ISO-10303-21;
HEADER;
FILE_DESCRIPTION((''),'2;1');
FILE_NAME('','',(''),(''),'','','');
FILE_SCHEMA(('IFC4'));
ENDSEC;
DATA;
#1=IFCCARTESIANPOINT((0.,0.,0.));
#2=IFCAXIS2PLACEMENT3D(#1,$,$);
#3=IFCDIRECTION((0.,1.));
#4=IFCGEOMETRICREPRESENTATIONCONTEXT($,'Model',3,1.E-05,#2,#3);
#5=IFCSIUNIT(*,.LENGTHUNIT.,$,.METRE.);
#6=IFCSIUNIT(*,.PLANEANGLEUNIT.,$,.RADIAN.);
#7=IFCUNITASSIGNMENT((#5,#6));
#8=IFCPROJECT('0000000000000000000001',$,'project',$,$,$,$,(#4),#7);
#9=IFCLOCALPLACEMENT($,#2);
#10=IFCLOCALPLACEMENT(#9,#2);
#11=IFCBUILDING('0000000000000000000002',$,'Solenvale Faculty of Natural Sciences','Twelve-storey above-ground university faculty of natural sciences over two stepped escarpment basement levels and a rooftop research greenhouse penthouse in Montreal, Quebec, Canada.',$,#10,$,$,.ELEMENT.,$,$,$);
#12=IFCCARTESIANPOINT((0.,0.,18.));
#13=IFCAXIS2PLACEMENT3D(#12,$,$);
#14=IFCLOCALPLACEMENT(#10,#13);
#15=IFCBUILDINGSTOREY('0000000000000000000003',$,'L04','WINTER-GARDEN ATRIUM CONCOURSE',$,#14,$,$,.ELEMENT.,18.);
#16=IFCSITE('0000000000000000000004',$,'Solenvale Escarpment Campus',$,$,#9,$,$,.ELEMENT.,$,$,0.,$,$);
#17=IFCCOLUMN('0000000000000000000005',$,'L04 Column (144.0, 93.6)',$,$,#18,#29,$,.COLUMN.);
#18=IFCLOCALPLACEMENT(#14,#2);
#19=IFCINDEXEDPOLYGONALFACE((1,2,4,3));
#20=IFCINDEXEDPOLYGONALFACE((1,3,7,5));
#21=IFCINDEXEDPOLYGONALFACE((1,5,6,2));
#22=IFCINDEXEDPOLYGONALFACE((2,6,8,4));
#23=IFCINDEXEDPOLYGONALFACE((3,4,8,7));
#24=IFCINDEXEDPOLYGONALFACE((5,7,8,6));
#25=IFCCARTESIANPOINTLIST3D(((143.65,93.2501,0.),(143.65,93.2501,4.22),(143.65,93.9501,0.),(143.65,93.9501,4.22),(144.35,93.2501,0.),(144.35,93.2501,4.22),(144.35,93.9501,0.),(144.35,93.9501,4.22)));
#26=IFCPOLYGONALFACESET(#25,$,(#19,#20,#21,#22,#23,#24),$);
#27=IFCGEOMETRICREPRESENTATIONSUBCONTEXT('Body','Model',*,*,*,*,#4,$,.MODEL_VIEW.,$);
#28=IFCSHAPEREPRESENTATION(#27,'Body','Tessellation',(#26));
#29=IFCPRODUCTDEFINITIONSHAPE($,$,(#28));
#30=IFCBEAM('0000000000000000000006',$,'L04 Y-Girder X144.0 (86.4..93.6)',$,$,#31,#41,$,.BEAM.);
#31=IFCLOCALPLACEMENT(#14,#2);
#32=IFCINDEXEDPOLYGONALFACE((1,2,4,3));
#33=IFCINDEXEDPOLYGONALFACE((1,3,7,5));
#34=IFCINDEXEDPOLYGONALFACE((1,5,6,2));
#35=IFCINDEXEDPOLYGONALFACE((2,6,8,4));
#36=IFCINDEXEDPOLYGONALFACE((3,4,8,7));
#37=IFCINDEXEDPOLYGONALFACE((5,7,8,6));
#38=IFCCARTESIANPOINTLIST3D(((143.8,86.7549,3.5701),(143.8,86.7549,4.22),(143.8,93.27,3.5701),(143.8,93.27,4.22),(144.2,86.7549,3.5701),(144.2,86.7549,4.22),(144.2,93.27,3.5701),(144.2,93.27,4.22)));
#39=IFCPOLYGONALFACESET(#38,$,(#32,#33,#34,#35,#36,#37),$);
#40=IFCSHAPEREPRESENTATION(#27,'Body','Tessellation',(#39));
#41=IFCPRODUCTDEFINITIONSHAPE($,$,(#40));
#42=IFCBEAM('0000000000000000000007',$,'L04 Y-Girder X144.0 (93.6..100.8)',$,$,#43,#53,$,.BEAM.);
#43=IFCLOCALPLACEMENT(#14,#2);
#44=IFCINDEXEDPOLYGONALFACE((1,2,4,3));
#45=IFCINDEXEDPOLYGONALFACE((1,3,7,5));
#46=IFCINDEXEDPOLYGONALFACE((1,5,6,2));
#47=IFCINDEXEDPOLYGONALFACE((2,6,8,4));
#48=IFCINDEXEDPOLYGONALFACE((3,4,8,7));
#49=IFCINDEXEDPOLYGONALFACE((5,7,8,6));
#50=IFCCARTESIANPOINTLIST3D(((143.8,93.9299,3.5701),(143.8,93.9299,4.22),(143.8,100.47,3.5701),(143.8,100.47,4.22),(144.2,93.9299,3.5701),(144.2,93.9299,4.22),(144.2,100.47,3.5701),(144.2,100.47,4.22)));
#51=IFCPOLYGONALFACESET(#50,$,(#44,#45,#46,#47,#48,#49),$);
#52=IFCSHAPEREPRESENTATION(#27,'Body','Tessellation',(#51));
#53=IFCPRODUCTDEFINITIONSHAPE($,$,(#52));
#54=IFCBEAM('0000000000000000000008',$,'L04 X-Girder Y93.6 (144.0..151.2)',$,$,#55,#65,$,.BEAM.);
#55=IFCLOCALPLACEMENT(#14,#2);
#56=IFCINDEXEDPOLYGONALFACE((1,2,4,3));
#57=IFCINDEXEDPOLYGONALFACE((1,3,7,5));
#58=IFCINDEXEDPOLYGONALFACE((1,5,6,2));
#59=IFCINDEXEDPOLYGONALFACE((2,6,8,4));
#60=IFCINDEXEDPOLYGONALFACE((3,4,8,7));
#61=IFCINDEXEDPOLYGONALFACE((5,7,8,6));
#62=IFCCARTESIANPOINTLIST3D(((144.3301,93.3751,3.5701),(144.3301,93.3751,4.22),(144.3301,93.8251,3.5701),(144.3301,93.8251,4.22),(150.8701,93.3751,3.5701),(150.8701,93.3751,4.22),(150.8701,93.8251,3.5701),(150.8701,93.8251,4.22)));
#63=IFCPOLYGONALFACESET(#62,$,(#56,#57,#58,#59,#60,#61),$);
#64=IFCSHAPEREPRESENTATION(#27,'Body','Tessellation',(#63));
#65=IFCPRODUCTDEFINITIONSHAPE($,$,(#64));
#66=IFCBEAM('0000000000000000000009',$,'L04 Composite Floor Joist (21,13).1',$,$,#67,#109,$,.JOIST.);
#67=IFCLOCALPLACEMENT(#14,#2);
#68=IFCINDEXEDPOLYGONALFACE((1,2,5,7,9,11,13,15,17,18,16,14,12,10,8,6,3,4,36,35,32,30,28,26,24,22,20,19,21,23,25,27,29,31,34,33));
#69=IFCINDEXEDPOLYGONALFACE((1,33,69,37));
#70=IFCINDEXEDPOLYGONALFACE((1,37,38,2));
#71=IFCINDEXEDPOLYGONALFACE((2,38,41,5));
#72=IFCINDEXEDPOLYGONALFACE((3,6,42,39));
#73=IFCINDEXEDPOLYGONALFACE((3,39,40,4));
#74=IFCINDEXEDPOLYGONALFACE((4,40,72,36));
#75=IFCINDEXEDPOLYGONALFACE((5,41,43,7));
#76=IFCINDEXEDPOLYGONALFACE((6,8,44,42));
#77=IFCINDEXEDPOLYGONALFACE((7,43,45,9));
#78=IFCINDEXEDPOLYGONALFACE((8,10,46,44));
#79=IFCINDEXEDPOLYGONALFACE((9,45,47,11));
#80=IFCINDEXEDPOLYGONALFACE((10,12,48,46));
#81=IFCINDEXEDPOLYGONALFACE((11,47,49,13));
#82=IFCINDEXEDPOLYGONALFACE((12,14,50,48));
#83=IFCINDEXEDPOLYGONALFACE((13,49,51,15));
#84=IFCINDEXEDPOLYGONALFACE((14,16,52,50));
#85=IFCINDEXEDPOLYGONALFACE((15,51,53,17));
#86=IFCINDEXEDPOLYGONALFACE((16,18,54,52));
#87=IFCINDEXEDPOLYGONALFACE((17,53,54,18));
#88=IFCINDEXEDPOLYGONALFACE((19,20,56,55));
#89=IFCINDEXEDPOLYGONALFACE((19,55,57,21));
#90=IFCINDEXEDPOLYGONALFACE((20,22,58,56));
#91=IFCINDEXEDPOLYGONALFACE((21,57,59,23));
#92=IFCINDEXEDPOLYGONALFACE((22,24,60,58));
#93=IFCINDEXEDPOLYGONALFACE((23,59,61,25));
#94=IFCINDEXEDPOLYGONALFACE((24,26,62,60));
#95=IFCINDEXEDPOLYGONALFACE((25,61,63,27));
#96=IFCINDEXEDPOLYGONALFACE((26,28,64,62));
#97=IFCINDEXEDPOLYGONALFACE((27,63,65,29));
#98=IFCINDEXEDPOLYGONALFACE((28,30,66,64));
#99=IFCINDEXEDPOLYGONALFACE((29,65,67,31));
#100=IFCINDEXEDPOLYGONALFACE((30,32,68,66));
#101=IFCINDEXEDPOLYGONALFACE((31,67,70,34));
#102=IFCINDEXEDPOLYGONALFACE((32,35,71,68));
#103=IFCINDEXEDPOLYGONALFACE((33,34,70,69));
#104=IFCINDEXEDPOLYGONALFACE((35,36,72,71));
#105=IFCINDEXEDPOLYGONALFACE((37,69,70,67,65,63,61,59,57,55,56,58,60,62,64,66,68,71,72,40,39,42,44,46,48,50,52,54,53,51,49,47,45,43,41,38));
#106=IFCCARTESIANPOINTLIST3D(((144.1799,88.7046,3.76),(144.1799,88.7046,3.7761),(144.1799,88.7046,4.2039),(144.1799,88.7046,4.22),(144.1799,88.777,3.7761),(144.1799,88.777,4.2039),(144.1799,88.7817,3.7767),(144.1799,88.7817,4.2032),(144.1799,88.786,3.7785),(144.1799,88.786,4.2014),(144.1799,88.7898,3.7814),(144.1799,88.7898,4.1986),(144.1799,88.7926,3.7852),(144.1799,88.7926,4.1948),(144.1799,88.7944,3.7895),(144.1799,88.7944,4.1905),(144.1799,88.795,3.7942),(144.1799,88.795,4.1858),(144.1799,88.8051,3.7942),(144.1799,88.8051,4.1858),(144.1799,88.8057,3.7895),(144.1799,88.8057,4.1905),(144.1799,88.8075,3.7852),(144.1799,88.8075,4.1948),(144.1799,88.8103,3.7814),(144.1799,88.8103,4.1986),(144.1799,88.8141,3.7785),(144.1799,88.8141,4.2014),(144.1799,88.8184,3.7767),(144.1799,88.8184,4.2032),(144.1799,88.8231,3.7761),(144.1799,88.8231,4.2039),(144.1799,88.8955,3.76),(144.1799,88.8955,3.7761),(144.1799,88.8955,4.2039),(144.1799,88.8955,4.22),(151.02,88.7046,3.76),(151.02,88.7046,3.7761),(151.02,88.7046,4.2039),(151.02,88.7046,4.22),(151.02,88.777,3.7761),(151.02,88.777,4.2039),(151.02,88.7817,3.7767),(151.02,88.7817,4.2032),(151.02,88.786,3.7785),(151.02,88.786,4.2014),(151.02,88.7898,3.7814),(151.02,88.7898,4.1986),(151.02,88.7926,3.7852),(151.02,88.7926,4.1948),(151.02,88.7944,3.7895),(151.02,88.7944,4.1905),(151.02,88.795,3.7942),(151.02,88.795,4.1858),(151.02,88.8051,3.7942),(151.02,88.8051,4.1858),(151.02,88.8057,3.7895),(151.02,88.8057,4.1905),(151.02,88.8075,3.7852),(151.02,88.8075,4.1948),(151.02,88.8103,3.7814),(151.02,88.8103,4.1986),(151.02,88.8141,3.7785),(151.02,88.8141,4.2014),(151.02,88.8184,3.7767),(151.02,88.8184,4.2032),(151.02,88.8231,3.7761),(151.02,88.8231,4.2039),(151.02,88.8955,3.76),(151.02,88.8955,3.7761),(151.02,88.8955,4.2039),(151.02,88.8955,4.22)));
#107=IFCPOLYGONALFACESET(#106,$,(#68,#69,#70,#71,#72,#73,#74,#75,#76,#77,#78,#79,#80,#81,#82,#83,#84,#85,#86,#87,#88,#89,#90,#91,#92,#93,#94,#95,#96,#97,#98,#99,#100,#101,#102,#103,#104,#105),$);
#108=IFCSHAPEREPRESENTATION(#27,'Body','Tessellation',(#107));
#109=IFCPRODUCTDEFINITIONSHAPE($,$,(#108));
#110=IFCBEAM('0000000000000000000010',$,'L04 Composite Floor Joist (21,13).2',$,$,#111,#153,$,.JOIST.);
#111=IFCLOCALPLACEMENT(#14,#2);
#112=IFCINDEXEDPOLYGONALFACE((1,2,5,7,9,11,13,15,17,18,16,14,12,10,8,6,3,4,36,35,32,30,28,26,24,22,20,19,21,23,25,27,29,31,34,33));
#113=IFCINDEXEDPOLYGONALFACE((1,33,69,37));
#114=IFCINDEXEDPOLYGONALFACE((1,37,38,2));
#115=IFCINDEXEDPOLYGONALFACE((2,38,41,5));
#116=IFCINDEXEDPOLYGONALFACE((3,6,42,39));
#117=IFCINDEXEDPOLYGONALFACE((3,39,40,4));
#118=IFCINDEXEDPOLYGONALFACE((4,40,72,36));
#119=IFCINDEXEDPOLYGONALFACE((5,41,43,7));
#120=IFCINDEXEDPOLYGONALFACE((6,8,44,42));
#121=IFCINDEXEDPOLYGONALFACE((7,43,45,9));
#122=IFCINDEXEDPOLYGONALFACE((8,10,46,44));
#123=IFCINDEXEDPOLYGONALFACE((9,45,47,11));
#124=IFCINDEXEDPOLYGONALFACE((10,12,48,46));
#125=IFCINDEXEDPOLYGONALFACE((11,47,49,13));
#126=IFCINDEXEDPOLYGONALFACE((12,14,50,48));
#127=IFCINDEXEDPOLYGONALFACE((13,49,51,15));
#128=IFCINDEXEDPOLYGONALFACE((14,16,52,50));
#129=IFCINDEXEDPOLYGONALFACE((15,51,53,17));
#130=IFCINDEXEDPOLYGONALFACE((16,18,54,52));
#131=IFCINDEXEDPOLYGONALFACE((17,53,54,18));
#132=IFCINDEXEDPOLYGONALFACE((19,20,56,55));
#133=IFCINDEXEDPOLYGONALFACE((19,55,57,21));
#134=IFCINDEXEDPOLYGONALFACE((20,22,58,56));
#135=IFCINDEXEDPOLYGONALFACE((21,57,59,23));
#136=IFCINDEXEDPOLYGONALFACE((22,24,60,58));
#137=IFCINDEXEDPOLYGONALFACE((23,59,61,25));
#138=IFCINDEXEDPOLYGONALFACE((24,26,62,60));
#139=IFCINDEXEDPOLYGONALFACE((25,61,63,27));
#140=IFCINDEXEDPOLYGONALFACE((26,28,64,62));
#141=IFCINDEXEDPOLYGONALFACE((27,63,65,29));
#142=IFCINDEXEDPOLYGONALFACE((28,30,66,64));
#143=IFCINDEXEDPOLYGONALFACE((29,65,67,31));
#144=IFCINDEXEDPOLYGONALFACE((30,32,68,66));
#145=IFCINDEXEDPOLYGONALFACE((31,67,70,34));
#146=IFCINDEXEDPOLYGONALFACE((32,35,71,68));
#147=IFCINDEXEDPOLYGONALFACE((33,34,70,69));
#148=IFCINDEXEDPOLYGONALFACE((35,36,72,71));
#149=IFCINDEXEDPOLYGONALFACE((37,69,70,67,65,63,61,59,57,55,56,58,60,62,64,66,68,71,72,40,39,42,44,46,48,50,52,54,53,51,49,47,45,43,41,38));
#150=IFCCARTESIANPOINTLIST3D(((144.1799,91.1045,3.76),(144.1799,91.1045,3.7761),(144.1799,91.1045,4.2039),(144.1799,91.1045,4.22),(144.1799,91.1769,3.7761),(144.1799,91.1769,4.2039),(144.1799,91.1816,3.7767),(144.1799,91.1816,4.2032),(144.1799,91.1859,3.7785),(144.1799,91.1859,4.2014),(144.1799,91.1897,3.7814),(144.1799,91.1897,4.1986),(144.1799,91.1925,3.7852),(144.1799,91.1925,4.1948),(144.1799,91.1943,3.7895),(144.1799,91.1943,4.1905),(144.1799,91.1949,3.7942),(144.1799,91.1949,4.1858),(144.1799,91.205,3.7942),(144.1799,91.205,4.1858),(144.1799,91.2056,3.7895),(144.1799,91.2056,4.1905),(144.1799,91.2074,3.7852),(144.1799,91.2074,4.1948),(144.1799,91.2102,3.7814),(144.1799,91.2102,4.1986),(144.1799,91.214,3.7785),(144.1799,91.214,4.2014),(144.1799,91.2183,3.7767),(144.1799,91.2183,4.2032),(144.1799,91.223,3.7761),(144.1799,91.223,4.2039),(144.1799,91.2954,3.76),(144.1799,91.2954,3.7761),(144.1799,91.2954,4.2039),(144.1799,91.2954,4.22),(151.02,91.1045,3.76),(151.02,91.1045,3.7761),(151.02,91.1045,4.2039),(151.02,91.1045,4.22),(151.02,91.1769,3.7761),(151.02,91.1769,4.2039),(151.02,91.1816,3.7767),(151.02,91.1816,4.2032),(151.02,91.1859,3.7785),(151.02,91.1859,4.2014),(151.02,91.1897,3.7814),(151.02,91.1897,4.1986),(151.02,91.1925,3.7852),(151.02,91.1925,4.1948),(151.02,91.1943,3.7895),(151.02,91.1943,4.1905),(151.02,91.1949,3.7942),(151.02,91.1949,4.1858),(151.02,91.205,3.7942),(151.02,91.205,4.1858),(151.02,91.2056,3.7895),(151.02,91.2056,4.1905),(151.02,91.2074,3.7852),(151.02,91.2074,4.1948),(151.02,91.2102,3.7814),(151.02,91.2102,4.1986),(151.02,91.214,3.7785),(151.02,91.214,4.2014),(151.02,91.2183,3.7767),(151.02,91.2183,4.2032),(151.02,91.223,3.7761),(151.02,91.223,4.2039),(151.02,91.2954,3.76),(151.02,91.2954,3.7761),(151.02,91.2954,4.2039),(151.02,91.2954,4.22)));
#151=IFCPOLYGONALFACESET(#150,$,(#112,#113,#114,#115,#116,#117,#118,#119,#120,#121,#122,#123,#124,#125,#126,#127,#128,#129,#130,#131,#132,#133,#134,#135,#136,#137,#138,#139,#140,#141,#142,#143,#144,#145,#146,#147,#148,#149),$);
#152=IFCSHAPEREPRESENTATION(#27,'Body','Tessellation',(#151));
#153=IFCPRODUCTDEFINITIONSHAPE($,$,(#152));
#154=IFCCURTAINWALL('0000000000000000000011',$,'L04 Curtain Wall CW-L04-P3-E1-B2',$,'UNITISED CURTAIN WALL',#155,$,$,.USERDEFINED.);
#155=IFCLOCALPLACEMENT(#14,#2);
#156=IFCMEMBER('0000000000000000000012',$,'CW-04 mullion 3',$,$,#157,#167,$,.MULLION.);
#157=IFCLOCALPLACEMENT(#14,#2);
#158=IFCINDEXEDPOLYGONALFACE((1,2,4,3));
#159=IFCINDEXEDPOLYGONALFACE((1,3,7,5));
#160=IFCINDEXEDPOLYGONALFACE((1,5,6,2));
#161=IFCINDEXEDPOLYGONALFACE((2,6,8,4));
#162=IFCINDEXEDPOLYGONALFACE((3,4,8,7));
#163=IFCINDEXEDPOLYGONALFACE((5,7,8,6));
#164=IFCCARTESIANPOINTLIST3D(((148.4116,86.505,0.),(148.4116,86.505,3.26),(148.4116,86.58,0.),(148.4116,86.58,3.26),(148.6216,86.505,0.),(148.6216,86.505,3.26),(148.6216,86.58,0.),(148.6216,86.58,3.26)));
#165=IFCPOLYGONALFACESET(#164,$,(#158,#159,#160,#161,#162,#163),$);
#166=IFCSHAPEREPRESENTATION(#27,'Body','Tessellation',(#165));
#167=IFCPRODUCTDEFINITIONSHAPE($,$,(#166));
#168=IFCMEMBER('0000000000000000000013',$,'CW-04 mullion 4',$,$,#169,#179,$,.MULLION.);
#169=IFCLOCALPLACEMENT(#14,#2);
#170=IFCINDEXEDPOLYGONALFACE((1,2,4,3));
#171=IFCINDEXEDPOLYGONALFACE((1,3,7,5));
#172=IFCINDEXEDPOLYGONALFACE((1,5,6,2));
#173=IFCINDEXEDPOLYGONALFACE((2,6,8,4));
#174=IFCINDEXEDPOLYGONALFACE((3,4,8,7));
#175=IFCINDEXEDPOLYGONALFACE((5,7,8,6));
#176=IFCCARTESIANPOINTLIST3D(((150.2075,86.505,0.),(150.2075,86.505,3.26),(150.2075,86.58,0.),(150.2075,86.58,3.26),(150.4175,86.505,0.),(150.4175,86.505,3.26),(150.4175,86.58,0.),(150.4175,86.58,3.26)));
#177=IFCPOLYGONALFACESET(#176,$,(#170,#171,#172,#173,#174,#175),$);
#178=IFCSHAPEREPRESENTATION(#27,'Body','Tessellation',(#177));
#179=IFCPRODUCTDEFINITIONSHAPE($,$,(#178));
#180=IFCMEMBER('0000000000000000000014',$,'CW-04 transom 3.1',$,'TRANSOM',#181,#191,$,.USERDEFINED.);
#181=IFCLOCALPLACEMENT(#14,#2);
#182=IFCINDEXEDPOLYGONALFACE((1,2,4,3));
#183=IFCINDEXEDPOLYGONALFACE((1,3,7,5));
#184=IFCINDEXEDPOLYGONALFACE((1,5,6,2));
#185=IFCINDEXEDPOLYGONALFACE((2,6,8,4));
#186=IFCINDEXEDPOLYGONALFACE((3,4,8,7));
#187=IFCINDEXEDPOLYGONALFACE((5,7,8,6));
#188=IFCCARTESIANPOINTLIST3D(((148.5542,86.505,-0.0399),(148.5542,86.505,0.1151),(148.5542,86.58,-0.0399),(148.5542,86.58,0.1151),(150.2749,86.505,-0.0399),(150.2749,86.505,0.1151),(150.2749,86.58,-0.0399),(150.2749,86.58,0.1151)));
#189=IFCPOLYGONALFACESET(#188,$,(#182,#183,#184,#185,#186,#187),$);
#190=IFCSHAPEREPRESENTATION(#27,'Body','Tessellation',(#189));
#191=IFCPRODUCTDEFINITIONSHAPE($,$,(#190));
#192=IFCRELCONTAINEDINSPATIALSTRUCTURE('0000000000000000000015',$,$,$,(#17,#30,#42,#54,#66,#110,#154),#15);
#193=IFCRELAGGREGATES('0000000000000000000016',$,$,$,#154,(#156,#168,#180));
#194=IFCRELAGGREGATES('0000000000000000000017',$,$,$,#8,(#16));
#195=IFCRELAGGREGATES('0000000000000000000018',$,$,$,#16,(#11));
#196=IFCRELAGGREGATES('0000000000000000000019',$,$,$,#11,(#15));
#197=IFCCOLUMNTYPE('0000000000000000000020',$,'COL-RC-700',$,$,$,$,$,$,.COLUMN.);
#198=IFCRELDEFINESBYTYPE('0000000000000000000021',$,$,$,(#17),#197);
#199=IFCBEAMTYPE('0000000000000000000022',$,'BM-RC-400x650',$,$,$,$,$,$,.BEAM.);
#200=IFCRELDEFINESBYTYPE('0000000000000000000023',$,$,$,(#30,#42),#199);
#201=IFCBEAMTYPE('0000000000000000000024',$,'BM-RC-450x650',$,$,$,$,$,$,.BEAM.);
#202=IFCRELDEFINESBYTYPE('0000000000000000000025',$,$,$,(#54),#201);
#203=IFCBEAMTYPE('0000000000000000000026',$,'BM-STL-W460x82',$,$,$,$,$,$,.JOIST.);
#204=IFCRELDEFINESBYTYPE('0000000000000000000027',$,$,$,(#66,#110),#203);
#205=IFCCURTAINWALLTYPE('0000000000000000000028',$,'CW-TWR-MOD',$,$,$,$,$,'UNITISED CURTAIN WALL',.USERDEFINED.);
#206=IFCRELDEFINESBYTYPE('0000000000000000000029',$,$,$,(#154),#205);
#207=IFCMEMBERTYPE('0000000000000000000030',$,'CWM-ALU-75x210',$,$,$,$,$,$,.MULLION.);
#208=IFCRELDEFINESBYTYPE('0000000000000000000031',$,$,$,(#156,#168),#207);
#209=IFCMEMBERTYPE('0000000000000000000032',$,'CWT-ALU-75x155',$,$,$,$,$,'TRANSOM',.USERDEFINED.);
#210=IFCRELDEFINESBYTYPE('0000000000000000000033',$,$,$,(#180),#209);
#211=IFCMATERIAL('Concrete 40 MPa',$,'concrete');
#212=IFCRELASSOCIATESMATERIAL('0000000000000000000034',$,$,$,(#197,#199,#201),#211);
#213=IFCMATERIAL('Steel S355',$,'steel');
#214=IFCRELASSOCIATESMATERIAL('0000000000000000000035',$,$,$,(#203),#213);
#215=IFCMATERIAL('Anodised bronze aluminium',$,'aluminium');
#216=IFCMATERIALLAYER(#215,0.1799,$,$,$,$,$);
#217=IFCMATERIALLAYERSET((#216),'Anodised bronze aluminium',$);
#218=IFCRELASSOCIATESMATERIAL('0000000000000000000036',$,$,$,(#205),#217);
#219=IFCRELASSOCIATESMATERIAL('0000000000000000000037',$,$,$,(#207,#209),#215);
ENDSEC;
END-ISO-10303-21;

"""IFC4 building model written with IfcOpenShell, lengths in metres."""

from ifc_helpers import new_model, si_unit, direction, frame, origin, origin_2d, place, context, subcontext, project, spatial, rectangle, i_section, extrude, material, layer, layer_set, material_profile, profile_set, type_object, element, aggregate, save


model = new_model("IFC4")

# Units and contexts
model_context = context("Model", 3, precision=1e-05, world=origin(), true_north=direction((0.0, 1.0)))
body_context = subcontext(model_context, "Body", "Model", "MODEL_VIEW")
ifc_project = project(units=[si_unit("LENGTHUNIT", "METRE"), si_unit("PLANEANGLEUNIT", "RADIAN")], contexts=[model_context])

# Site, building, storey
site_placement = place(None, origin())
site = spatial("IfcSite", under=ifc_project, at=site_placement, Name="Solenvale Escarpment Campus", CompositionType="ELEMENT", RefElevation=0.0)
building_placement = place(site_placement, origin())
building = spatial("IfcBuilding", under=site, at=building_placement, Name="Solenvale Faculty of Natural Sciences", Description="Twelve-storey above-ground university faculty of natural sciences over two stepped escarpment basement levels and a rooftop research greenhouse penthouse in Montreal, Quebec, Canada.", CompositionType="ELEMENT")
storey_placement = place(building_placement, frame((0.0, 0.0, 18.0)))
storey = spatial("IfcBuildingStorey", under=building, at=storey_placement, Name="L04", Description="WINTER-GARDEN ATRIUM CONCOURSE", CompositionType="ELEMENT", Elevation=18.0)

# Column
ifc_material_1 = material(Name="Concrete 40 MPa", Category="concrete")
ifc_material_profile_1 = material_profile(ifc_material_1, rectangle(XDim=0.7, YDim=0.7, at=origin_2d()), Name="RC-COL-700x700")
ifc_profile_set_1 = profile_set([ifc_material_profile_1], Name="Concrete 40 MPa")
column_type = type_object("IfcColumnType", Name="COL-RC-700", PredefinedType="COLUMN", material=ifc_profile_set_1)
column_placement = place(storey_placement, frame((144.0, 93.6001, 0.0), z_axis=(0.0, 0.0, 1.0), x_axis=(1.0, 0.0, 0.0)))
element("IfcColumn", 1, at=column_placement, inside=storey, type_object=column_type, Name="L04 Column (144.0, 93.6)", PredefinedType="COLUMN", context=body_context, shape_type="SweptSolid", body=[
    extrude(rectangle(XDim=0.7, YDim=0.7, at=origin_2d()), origin(), (0.0, 0.0, 1.0), 4.22),
])

# Beams
ifc_material_profile_2 = material_profile(ifc_material_1, rectangle(XDim=0.3999, YDim=0.6499, at=origin_2d()), Name="RC-BM-400x650")
ifc_profile_set_2 = profile_set([ifc_material_profile_2], Name="Concrete 40 MPa")
beam_type_1 = type_object("IfcBeamType", Name="BM-RC-400x650", PredefinedType="BEAM", material=ifc_profile_set_2)
beam_1_placement = place(storey_placement, frame((144.0, 86.7549, 3.895), z_axis=(0.0, 1.0, 0.0), x_axis=(-1.0, 0.0, 0.0)))
element("IfcBeam", 2, at=beam_1_placement, inside=storey, type_object=beam_type_1, Name="L04 Y-Girder X144.0 (86.4..93.6)", PredefinedType="BEAM", context=body_context, shape_type="SweptSolid", body=[
    extrude(rectangle(XDim=0.3999, YDim=0.6499, at=origin_2d()), origin(), (0.0, 0.0, 1.0), 6.5151),
])
beam_2_placement = place(storey_placement, frame((144.0, 93.9299, 3.895), z_axis=(0.0, 1.0, 0.0), x_axis=(-1.0, 0.0, 0.0)))
element("IfcBeam", 3, at=beam_2_placement, inside=storey, type_object=beam_type_1, Name="L04 Y-Girder X144.0 (93.6..100.8)", PredefinedType="BEAM", context=body_context, shape_type="SweptSolid", body=[
    extrude(rectangle(XDim=0.3999, YDim=0.6499, at=origin_2d()), origin(), (0.0, 0.0, 1.0), 6.54),
])
ifc_material_profile_3 = material_profile(ifc_material_1, rectangle(XDim=0.45, YDim=0.6499, at=origin_2d()), Name="RC-BM-450x650")
ifc_profile_set_3 = profile_set([ifc_material_profile_3], Name="Concrete 40 MPa")
beam_type_2 = type_object("IfcBeamType", Name="BM-RC-450x650", PredefinedType="BEAM", material=ifc_profile_set_3)
beam_3_placement = place(storey_placement, frame((144.3301, 93.6001, 3.895), z_axis=(1.0, 0.0, 0.0), x_axis=(0.0, 1.0, 0.0)))
element("IfcBeam", 4, at=beam_3_placement, inside=storey, type_object=beam_type_2, Name="L04 X-Girder Y93.6 (144.0..151.2)", PredefinedType="BEAM", context=body_context, shape_type="SweptSolid", body=[
    extrude(rectangle(XDim=0.45, YDim=0.6499, at=origin_2d()), origin(), (0.0, 0.0, 1.0), 6.54),
])
ifc_material_2 = material(Name="Steel S355", Category="steel")
ifc_material_profile_4 = material_profile(ifc_material_2, i_section(OverallWidth=0.1909, OverallDepth=0.46, WebThickness=0.01, FlangeThickness=0.0161, FilletRadius=0.0181, at=origin_2d()), Name="W460x82")
ifc_profile_set_4 = profile_set([ifc_material_profile_4], Name="Steel S355")
beam_type_3 = type_object("IfcBeamType", Name="BM-STL-W460x82", PredefinedType="JOIST", material=ifc_profile_set_4)
for number, where, z_axis, x_axis, name in (
    (5, (144.1799, 88.8, 3.99), (1.0, 0.0, 0.0), (0.0, 1.0, 0.0), "L04 Composite Floor Joist (21,13).1"),
    (6, (144.1799, 91.2, 3.99), (1.0, 0.0, 0.0), (0.0, 1.0, 0.0), "L04 Composite Floor Joist (21,13).2"),
):
    element("IfcBeam", number, at=place(storey_placement, frame(where, z_axis=z_axis, x_axis=x_axis)), inside=storey, type_object=beam_type_3, Name=name, PredefinedType="JOIST", context=body_context, shape_type="SweptSolid", body=[
        extrude(i_section(OverallWidth=0.1909, OverallDepth=0.46, WebThickness=0.01, FlangeThickness=0.0161, FilletRadius=0.0181, at=origin_2d()), origin(), (0.0, 0.0, 1.0), 6.8401),
    ])

# Curtain wall, members
ifc_material_3 = material(Name="Anodised bronze aluminium", Category="aluminium")
ifc_layer_1 = layer(ifc_material_3, 0.1799)
ifc_layer_set_1 = layer_set([ifc_layer_1], Name="Anodised bronze aluminium")
curtain_wall_type = type_object("IfcCurtainWallType", Name="CW-TWR-MOD", ElementType="UNITISED CURTAIN WALL", PredefinedType="USERDEFINED", material=ifc_layer_set_1)
curtain_wall_placement = place(storey_placement, origin())
curtain_wall = element("IfcCurtainWall", 7, at=curtain_wall_placement, inside=storey, type_object=curtain_wall_type, Name="L04 Curtain Wall CW-L04-P3-E1-B2", ObjectType="UNITISED CURTAIN WALL", PredefinedType="USERDEFINED")
ifc_material_profile_5 = material_profile(ifc_material_3, rectangle(XDim=0.075, YDim=0.21, at=origin_2d()), Name="ALU-MUL-75x210")
ifc_profile_set_5 = profile_set([ifc_material_profile_5], Name="Anodised bronze aluminium")
member_type_1 = type_object("IfcMemberType", Name="CWM-ALU-75x210", PredefinedType="MULLION", material=ifc_profile_set_5)
member_1_placement = place(storey_placement, frame((148.5166, 86.5425, 0.0), z_axis=(0.0, 0.0, 1.0), x_axis=(0.0, 1.0, 0.0)))
member_1 = element("IfcMember", 8, at=member_1_placement, type_object=member_type_1, Name="CW-04 mullion 3", PredefinedType="MULLION", context=body_context, shape_type="SweptSolid", body=[
    extrude(rectangle(XDim=0.075, YDim=0.21, at=origin_2d()), origin(), (0.0, 0.0, 1.0), 3.26),
])
member_2_placement = place(storey_placement, frame((150.3125, 86.5425, 0.0), z_axis=(0.0, 0.0, 1.0), x_axis=(0.0, 1.0, 0.0)))
member_2 = element("IfcMember", 9, at=member_2_placement, type_object=member_type_1, Name="CW-04 mullion 4", PredefinedType="MULLION", context=body_context, shape_type="SweptSolid", body=[
    extrude(rectangle(XDim=0.075, YDim=0.21, at=origin_2d()), origin(), (0.0, 0.0, 1.0), 3.26),
])
ifc_material_profile_6 = material_profile(ifc_material_3, rectangle(XDim=0.075, YDim=0.155, at=origin_2d()), Name="ALU-TRN-75x155")
ifc_profile_set_6 = profile_set([ifc_material_profile_6], Name="Anodised bronze aluminium")
member_type_2 = type_object("IfcMemberType", Name="CWT-ALU-75x155", ElementType="TRANSOM", PredefinedType="USERDEFINED", material=ifc_profile_set_6)
member_3_placement = place(storey_placement, frame((148.5542, 86.5425, 0.0376), z_axis=(1.0, 0.0, 0.0), x_axis=(0.0, 1.0, 0.0)))
member_3 = element("IfcMember", 10, at=member_3_placement, type_object=member_type_2, Name="CW-04 transom 3.1", ObjectType="TRANSOM", PredefinedType="USERDEFINED", context=body_context, shape_type="SweptSolid", body=[
    extrude(rectangle(XDim=0.075, YDim=0.155, at=origin_2d()), origin(), (0.0, 0.0, 1.0), 1.7207),
])
aggregate(curtain_wall, [member_1, member_2, member_3])

save(model, "model.ifc")
